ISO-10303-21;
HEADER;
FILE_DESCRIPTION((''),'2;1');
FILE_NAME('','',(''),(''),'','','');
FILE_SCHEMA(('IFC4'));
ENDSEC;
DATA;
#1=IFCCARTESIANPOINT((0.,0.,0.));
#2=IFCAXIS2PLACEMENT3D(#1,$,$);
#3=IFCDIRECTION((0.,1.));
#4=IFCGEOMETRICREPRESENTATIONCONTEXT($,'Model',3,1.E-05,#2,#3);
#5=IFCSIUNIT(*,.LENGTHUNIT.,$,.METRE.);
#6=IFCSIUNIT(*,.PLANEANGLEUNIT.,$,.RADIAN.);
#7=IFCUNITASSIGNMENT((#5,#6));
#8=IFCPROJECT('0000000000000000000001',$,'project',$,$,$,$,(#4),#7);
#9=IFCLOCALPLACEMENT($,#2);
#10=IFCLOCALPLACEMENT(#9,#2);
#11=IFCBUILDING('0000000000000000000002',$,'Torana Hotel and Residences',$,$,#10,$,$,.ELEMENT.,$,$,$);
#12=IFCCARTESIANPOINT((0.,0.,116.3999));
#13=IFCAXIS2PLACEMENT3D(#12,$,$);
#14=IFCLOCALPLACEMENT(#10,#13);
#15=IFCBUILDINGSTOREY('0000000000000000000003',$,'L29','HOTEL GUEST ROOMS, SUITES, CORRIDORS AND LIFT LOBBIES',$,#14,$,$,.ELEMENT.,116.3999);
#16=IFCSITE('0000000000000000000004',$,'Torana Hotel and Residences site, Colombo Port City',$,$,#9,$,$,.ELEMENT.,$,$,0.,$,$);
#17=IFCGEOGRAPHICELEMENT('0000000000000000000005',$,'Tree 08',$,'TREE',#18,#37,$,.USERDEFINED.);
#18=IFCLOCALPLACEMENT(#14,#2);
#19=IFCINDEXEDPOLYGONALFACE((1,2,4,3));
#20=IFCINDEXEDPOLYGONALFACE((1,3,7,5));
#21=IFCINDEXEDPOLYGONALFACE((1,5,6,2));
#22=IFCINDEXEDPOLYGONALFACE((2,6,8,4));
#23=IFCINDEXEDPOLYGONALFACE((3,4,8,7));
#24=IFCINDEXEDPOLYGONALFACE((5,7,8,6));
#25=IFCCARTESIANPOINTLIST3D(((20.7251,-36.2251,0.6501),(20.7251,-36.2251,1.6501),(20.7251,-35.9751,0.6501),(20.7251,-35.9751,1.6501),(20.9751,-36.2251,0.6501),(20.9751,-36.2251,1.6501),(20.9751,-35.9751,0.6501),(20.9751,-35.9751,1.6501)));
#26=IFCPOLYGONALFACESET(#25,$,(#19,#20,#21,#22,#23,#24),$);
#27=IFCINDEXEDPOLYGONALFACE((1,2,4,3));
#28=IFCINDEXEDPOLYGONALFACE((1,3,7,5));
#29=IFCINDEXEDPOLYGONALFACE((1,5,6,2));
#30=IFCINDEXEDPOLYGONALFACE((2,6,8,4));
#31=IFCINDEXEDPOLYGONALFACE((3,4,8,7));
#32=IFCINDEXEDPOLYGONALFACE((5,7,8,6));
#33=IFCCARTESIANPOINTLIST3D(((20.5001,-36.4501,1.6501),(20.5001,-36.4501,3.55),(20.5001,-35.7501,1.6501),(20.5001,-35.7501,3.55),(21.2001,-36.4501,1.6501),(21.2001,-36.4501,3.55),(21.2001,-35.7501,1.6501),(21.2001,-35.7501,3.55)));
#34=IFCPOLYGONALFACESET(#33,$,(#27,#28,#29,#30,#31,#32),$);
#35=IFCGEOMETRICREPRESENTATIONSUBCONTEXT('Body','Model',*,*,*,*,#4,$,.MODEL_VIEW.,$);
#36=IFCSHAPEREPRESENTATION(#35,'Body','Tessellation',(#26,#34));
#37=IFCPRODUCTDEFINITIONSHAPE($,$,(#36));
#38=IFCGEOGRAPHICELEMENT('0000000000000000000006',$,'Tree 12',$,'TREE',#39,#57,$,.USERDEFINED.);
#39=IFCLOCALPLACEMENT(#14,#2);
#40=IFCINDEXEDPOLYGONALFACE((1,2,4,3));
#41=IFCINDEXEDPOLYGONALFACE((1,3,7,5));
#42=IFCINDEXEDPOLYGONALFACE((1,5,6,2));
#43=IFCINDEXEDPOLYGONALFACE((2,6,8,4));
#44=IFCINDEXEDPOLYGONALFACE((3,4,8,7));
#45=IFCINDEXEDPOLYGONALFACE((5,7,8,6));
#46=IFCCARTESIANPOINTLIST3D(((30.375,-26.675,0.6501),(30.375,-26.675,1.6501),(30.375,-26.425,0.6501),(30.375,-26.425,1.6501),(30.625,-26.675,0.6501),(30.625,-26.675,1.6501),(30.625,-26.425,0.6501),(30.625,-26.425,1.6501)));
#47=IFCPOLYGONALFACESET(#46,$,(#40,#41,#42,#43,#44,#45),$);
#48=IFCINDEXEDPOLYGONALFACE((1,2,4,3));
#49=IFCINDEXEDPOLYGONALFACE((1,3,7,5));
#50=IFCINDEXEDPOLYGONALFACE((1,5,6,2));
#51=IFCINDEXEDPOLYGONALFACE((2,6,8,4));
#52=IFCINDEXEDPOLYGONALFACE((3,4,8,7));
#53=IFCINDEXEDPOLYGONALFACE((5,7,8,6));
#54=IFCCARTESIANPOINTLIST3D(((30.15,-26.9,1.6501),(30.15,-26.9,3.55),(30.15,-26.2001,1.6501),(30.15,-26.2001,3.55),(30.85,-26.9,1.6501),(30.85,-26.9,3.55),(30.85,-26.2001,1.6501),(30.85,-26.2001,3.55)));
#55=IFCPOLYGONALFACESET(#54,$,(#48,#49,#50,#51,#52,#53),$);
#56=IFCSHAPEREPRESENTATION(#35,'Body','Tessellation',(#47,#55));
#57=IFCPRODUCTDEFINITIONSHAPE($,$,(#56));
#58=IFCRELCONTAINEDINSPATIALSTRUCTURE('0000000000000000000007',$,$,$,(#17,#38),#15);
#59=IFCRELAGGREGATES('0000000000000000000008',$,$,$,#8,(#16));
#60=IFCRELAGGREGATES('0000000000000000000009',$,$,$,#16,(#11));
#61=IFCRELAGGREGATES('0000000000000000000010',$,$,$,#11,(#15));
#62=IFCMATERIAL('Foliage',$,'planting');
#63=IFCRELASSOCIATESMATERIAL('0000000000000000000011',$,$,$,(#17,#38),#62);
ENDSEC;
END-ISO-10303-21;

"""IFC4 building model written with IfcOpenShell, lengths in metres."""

from ifc_helpers import new_model, si_unit, direction, frame, origin, origin_2d, place, context, subcontext, project, spatial, rectangle, extrude, material, element, save


model = new_model("IFC4")

# Units and contexts
model_context = context("Model", 3, precision=1e-05, world=origin(), true_north=direction((0.0, 1.0)))
body_context = subcontext(model_context, "Body", "Model", "MODEL_VIEW")
ifc_project = project(units=[si_unit("LENGTHUNIT", "METRE"), si_unit("PLANEANGLEUNIT", "RADIAN")], contexts=[model_context])

# Site, building, storey
site_placement = place(None, origin())
site = spatial("IfcSite", under=ifc_project, at=site_placement, Name="Torana Hotel and Residences site, Colombo Port City", CompositionType="ELEMENT", RefElevation=0.0)
building_placement = place(site_placement, origin())
building = spatial("IfcBuilding", under=site, at=building_placement, Name="Torana Hotel and Residences", CompositionType="ELEMENT")
storey_placement = place(building_placement, frame((0.0, 0.0, 116.3999)))
storey = spatial("IfcBuildingStorey", under=building, at=storey_placement, Name="L29", Description="HOTEL GUEST ROOMS, SUITES, CORRIDORS AND LIFT LOBBIES", CompositionType="ELEMENT", Elevation=116.3999)

# Geographic elements
ifc_material_1 = material(Name="Foliage", Category="planting")
for number, where, z_axis, x_axis, name in (
    (1, (20.8501, -36.1001, 0.6501), (0.0, 0.0, 1.0), (1.0, 0.0, 0.0), "Tree 08"),
    (2, (30.5, -26.55, 0.6501), (0.0, 0.0, 1.0), (1.0, 0.0, 0.0), "Tree 12"),
):
    element("IfcGeographicElement", number, at=place(storey_placement, frame(where, z_axis=z_axis, x_axis=x_axis)), inside=storey, material=ifc_material_1, Name=name, ObjectType="TREE", PredefinedType="USERDEFINED", context=body_context, shape_type="SweptSolid", body=[
        extrude(rectangle(XDim=0.25, YDim=0.25, at=origin_2d()), origin(), (0.0, 0.0, 1.0), 1.0),
        extrude(rectangle(XDim=0.7, YDim=0.7, at=origin_2d()), frame((0.0, 0.0, 1.0)), (0.0, 0.0, 1.0), 1.8999),
    ])

save(model, "model.ifc")
